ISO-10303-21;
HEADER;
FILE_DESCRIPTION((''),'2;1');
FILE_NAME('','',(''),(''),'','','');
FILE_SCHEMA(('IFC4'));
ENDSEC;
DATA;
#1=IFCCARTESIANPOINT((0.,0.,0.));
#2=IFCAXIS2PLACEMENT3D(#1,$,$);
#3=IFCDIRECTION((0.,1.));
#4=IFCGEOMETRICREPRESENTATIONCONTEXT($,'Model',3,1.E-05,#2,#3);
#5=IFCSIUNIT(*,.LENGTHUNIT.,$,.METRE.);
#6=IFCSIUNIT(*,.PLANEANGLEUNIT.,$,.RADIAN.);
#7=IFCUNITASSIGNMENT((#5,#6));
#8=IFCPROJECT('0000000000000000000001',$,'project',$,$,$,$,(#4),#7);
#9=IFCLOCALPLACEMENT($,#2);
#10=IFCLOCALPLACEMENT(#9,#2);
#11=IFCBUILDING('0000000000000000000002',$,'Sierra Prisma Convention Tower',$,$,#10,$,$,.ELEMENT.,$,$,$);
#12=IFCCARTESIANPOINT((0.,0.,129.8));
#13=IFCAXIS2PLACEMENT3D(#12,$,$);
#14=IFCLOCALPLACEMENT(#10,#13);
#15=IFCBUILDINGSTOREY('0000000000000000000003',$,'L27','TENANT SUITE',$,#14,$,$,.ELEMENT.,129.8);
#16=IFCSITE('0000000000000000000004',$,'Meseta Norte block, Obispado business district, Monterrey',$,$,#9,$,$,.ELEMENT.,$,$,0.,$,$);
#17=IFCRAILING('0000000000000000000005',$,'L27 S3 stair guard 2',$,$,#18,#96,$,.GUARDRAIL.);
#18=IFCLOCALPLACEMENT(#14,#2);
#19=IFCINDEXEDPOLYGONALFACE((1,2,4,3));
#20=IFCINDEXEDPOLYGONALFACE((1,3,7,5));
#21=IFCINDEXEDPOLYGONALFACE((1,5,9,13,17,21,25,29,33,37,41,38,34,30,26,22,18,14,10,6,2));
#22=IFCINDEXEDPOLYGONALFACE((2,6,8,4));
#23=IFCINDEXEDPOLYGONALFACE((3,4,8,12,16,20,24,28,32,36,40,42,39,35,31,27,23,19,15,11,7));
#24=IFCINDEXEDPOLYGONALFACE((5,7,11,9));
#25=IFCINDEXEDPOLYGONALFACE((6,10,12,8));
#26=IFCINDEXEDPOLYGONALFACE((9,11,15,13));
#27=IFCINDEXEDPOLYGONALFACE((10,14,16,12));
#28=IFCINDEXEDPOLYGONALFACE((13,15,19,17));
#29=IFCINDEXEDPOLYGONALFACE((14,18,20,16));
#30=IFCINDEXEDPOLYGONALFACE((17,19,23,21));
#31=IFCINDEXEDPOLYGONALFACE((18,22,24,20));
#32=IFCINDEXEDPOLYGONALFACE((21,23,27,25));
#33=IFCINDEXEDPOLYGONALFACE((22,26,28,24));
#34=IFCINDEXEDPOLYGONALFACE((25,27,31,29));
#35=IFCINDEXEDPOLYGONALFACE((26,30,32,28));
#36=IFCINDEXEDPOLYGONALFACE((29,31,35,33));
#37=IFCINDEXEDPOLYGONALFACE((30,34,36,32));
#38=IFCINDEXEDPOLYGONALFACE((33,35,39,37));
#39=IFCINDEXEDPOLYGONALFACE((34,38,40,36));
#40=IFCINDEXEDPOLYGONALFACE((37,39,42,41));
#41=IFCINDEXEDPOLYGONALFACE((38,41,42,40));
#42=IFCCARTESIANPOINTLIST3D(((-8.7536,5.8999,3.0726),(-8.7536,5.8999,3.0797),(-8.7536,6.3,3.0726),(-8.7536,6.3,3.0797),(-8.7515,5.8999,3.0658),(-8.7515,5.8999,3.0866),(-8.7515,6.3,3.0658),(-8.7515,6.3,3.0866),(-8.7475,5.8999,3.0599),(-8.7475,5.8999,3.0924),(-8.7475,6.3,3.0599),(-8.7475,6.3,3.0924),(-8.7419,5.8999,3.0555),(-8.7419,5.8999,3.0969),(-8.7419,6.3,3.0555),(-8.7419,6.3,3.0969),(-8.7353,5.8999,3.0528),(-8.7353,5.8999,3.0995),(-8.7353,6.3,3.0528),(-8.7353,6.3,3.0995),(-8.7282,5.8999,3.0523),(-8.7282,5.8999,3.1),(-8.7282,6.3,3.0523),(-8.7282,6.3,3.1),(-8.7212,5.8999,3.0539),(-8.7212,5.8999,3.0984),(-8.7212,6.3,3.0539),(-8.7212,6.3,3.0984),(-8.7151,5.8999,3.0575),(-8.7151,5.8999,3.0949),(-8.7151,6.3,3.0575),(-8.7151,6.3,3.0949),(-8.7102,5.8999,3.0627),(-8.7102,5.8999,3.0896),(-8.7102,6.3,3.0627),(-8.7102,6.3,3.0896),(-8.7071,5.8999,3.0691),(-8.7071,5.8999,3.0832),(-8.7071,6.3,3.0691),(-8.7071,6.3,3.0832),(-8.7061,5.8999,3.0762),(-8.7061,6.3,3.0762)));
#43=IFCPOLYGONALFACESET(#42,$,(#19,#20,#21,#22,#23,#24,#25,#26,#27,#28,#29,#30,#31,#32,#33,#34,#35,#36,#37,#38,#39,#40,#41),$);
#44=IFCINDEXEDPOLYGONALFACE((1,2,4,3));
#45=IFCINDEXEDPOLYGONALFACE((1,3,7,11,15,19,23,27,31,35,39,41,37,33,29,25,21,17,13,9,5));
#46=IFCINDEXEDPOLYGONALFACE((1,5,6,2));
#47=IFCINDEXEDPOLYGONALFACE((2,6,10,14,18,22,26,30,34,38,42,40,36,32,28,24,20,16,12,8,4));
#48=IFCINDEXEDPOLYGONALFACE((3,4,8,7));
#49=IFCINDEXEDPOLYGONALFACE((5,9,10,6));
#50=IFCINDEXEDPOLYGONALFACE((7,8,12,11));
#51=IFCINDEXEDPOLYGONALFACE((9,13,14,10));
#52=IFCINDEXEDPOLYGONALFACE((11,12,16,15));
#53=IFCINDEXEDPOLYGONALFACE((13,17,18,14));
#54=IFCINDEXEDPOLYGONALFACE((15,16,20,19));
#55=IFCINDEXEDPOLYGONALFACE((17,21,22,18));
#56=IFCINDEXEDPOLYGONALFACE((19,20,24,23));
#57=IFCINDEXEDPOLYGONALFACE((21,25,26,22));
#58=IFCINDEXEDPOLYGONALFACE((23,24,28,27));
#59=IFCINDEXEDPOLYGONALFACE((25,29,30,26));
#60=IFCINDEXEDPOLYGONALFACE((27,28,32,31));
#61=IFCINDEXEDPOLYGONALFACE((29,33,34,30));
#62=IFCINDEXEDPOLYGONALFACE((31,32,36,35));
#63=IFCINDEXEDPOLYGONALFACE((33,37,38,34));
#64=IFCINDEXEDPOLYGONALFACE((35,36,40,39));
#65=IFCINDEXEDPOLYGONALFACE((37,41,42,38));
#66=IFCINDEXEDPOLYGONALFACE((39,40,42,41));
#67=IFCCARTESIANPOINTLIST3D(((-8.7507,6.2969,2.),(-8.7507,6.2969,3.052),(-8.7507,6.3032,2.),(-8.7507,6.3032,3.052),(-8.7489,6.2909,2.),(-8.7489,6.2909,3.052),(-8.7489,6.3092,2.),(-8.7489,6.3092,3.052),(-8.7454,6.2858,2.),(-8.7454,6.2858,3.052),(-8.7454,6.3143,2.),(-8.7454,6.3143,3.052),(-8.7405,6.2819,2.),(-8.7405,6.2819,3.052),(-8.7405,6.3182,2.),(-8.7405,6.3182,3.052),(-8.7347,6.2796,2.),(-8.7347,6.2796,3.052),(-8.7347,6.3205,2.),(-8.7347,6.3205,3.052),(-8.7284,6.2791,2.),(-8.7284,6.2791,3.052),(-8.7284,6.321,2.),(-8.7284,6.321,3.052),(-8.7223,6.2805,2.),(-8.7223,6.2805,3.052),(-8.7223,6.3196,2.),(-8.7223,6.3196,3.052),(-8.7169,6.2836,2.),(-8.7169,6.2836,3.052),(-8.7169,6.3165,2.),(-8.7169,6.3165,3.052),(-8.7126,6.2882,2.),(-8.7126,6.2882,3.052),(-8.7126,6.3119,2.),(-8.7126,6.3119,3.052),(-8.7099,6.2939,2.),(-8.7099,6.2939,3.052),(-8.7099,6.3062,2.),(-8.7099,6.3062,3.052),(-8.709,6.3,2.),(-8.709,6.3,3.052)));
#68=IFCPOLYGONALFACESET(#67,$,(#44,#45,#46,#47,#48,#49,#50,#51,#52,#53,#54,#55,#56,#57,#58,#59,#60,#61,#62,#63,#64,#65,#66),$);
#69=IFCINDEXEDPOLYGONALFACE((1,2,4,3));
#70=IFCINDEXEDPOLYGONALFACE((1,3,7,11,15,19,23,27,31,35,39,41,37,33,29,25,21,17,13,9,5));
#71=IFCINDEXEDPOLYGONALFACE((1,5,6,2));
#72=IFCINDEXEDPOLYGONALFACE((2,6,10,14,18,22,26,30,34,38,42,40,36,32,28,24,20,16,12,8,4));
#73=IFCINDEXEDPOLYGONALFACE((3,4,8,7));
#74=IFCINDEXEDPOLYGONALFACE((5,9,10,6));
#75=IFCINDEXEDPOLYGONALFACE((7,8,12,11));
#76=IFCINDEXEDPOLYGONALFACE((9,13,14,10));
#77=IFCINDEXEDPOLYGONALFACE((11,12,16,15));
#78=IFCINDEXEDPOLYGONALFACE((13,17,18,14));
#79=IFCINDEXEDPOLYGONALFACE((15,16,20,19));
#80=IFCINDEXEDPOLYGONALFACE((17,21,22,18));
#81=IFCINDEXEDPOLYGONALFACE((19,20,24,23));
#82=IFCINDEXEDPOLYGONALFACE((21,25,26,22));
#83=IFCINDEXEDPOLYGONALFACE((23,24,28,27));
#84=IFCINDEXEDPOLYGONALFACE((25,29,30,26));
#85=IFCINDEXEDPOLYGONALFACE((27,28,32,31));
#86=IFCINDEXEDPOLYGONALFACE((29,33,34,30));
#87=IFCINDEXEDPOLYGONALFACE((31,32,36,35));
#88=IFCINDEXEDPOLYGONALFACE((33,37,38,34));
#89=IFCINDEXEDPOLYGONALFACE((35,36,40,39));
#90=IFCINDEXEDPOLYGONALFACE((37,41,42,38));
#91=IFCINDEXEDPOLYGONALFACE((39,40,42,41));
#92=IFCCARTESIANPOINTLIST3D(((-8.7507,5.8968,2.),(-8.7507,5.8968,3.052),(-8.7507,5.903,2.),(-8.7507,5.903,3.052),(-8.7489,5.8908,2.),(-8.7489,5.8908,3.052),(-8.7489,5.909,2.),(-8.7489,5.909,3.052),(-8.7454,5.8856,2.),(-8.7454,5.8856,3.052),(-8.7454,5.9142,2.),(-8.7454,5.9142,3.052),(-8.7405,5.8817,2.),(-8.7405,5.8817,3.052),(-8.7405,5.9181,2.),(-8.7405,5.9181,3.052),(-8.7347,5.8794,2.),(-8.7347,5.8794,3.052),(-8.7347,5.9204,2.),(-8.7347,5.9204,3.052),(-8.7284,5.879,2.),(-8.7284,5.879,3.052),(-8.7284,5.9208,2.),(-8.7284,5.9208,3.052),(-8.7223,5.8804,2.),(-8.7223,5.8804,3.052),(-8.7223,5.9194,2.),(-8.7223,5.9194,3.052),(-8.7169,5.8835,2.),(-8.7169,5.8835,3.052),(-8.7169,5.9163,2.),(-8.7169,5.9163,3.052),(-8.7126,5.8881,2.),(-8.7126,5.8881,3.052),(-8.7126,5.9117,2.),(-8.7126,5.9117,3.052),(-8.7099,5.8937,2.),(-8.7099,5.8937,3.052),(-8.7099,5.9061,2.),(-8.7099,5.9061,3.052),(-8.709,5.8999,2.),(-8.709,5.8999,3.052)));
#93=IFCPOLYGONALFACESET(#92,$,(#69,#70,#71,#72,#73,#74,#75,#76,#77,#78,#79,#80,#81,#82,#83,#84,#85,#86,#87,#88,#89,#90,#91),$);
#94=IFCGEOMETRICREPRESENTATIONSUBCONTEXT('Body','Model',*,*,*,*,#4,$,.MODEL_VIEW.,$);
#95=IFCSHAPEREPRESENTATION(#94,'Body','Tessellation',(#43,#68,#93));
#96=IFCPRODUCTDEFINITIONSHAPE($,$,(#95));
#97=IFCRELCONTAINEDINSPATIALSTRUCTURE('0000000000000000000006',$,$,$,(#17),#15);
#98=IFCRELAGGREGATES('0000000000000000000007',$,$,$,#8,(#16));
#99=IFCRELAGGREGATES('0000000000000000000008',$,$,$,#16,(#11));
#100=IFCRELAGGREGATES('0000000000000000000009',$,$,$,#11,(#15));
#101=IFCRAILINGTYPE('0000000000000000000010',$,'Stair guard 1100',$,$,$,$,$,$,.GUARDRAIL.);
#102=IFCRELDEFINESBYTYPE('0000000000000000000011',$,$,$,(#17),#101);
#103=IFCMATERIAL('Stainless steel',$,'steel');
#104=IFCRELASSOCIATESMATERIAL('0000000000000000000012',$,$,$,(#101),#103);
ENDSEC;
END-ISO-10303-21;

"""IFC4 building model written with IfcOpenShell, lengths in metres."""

from ifc_helpers import new_model, si_unit, direction, frame, origin, origin_2d, place, context, subcontext, project, spatial, circle, extrude, material, type_object, element, save


model = new_model("IFC4")

# Units and contexts
model_context = context("Model", 3, precision=1e-05, world=origin(), true_north=direction((0.0, 1.0)))
body_context = subcontext(model_context, "Body", "Model", "MODEL_VIEW")
ifc_project = project(units=[si_unit("LENGTHUNIT", "METRE"), si_unit("PLANEANGLEUNIT", "RADIAN")], contexts=[model_context])

# Site, building, storey
site_placement = place(None, origin())
site = spatial("IfcSite", under=ifc_project, at=site_placement, Name="Meseta Norte block, Obispado business district, Monterrey", CompositionType="ELEMENT", RefElevation=0.0)
building_placement = place(site_placement, origin())
building = spatial("IfcBuilding", under=site, at=building_placement, Name="Sierra Prisma Convention Tower", CompositionType="ELEMENT")
storey_placement = place(building_placement, frame((0.0, 0.0, 129.8)))
storey = spatial("IfcBuildingStorey", under=building, at=storey_placement, Name="L27", Description="TENANT SUITE", CompositionType="ELEMENT", Elevation=129.8)

# Railing
ifc_material_1 = material(Name="Stainless steel", Category="steel")
railing_type_1 = type_object("IfcRailingType", Name="Stair guard 1100", PredefinedType="GUARDRAIL", material=ifc_material_1)
railing_1_placement = place(storey_placement, frame((-8.73, 6.3, 2.0)))
element("IfcRailing", 1, at=railing_1_placement, inside=storey, type_object=railing_type_1, Name="L27 S3 stair guard 2", PredefinedType="GUARDRAIL", context=body_context, shape_type="SweptSolid", body=[
    extrude(circle(Radius=0.0239, at=origin_2d()), frame((0.0, 0.0, 1.0762), z_axis=(0.0, -1.0, 0.0), x_axis=(1.0, 0.0, 0.0)), (0.0, 0.0, 1.0), 0.4001),
    extrude(circle(Radius=0.021, at=origin_2d()), origin(), (0.0, 0.0, 1.0), 1.052),
    extrude(circle(Radius=0.021, at=origin_2d()), frame((0.0, -0.4001, 0.0)), (0.0, 0.0, 1.0), 1.052),
])

save(model, "model.ifc")
